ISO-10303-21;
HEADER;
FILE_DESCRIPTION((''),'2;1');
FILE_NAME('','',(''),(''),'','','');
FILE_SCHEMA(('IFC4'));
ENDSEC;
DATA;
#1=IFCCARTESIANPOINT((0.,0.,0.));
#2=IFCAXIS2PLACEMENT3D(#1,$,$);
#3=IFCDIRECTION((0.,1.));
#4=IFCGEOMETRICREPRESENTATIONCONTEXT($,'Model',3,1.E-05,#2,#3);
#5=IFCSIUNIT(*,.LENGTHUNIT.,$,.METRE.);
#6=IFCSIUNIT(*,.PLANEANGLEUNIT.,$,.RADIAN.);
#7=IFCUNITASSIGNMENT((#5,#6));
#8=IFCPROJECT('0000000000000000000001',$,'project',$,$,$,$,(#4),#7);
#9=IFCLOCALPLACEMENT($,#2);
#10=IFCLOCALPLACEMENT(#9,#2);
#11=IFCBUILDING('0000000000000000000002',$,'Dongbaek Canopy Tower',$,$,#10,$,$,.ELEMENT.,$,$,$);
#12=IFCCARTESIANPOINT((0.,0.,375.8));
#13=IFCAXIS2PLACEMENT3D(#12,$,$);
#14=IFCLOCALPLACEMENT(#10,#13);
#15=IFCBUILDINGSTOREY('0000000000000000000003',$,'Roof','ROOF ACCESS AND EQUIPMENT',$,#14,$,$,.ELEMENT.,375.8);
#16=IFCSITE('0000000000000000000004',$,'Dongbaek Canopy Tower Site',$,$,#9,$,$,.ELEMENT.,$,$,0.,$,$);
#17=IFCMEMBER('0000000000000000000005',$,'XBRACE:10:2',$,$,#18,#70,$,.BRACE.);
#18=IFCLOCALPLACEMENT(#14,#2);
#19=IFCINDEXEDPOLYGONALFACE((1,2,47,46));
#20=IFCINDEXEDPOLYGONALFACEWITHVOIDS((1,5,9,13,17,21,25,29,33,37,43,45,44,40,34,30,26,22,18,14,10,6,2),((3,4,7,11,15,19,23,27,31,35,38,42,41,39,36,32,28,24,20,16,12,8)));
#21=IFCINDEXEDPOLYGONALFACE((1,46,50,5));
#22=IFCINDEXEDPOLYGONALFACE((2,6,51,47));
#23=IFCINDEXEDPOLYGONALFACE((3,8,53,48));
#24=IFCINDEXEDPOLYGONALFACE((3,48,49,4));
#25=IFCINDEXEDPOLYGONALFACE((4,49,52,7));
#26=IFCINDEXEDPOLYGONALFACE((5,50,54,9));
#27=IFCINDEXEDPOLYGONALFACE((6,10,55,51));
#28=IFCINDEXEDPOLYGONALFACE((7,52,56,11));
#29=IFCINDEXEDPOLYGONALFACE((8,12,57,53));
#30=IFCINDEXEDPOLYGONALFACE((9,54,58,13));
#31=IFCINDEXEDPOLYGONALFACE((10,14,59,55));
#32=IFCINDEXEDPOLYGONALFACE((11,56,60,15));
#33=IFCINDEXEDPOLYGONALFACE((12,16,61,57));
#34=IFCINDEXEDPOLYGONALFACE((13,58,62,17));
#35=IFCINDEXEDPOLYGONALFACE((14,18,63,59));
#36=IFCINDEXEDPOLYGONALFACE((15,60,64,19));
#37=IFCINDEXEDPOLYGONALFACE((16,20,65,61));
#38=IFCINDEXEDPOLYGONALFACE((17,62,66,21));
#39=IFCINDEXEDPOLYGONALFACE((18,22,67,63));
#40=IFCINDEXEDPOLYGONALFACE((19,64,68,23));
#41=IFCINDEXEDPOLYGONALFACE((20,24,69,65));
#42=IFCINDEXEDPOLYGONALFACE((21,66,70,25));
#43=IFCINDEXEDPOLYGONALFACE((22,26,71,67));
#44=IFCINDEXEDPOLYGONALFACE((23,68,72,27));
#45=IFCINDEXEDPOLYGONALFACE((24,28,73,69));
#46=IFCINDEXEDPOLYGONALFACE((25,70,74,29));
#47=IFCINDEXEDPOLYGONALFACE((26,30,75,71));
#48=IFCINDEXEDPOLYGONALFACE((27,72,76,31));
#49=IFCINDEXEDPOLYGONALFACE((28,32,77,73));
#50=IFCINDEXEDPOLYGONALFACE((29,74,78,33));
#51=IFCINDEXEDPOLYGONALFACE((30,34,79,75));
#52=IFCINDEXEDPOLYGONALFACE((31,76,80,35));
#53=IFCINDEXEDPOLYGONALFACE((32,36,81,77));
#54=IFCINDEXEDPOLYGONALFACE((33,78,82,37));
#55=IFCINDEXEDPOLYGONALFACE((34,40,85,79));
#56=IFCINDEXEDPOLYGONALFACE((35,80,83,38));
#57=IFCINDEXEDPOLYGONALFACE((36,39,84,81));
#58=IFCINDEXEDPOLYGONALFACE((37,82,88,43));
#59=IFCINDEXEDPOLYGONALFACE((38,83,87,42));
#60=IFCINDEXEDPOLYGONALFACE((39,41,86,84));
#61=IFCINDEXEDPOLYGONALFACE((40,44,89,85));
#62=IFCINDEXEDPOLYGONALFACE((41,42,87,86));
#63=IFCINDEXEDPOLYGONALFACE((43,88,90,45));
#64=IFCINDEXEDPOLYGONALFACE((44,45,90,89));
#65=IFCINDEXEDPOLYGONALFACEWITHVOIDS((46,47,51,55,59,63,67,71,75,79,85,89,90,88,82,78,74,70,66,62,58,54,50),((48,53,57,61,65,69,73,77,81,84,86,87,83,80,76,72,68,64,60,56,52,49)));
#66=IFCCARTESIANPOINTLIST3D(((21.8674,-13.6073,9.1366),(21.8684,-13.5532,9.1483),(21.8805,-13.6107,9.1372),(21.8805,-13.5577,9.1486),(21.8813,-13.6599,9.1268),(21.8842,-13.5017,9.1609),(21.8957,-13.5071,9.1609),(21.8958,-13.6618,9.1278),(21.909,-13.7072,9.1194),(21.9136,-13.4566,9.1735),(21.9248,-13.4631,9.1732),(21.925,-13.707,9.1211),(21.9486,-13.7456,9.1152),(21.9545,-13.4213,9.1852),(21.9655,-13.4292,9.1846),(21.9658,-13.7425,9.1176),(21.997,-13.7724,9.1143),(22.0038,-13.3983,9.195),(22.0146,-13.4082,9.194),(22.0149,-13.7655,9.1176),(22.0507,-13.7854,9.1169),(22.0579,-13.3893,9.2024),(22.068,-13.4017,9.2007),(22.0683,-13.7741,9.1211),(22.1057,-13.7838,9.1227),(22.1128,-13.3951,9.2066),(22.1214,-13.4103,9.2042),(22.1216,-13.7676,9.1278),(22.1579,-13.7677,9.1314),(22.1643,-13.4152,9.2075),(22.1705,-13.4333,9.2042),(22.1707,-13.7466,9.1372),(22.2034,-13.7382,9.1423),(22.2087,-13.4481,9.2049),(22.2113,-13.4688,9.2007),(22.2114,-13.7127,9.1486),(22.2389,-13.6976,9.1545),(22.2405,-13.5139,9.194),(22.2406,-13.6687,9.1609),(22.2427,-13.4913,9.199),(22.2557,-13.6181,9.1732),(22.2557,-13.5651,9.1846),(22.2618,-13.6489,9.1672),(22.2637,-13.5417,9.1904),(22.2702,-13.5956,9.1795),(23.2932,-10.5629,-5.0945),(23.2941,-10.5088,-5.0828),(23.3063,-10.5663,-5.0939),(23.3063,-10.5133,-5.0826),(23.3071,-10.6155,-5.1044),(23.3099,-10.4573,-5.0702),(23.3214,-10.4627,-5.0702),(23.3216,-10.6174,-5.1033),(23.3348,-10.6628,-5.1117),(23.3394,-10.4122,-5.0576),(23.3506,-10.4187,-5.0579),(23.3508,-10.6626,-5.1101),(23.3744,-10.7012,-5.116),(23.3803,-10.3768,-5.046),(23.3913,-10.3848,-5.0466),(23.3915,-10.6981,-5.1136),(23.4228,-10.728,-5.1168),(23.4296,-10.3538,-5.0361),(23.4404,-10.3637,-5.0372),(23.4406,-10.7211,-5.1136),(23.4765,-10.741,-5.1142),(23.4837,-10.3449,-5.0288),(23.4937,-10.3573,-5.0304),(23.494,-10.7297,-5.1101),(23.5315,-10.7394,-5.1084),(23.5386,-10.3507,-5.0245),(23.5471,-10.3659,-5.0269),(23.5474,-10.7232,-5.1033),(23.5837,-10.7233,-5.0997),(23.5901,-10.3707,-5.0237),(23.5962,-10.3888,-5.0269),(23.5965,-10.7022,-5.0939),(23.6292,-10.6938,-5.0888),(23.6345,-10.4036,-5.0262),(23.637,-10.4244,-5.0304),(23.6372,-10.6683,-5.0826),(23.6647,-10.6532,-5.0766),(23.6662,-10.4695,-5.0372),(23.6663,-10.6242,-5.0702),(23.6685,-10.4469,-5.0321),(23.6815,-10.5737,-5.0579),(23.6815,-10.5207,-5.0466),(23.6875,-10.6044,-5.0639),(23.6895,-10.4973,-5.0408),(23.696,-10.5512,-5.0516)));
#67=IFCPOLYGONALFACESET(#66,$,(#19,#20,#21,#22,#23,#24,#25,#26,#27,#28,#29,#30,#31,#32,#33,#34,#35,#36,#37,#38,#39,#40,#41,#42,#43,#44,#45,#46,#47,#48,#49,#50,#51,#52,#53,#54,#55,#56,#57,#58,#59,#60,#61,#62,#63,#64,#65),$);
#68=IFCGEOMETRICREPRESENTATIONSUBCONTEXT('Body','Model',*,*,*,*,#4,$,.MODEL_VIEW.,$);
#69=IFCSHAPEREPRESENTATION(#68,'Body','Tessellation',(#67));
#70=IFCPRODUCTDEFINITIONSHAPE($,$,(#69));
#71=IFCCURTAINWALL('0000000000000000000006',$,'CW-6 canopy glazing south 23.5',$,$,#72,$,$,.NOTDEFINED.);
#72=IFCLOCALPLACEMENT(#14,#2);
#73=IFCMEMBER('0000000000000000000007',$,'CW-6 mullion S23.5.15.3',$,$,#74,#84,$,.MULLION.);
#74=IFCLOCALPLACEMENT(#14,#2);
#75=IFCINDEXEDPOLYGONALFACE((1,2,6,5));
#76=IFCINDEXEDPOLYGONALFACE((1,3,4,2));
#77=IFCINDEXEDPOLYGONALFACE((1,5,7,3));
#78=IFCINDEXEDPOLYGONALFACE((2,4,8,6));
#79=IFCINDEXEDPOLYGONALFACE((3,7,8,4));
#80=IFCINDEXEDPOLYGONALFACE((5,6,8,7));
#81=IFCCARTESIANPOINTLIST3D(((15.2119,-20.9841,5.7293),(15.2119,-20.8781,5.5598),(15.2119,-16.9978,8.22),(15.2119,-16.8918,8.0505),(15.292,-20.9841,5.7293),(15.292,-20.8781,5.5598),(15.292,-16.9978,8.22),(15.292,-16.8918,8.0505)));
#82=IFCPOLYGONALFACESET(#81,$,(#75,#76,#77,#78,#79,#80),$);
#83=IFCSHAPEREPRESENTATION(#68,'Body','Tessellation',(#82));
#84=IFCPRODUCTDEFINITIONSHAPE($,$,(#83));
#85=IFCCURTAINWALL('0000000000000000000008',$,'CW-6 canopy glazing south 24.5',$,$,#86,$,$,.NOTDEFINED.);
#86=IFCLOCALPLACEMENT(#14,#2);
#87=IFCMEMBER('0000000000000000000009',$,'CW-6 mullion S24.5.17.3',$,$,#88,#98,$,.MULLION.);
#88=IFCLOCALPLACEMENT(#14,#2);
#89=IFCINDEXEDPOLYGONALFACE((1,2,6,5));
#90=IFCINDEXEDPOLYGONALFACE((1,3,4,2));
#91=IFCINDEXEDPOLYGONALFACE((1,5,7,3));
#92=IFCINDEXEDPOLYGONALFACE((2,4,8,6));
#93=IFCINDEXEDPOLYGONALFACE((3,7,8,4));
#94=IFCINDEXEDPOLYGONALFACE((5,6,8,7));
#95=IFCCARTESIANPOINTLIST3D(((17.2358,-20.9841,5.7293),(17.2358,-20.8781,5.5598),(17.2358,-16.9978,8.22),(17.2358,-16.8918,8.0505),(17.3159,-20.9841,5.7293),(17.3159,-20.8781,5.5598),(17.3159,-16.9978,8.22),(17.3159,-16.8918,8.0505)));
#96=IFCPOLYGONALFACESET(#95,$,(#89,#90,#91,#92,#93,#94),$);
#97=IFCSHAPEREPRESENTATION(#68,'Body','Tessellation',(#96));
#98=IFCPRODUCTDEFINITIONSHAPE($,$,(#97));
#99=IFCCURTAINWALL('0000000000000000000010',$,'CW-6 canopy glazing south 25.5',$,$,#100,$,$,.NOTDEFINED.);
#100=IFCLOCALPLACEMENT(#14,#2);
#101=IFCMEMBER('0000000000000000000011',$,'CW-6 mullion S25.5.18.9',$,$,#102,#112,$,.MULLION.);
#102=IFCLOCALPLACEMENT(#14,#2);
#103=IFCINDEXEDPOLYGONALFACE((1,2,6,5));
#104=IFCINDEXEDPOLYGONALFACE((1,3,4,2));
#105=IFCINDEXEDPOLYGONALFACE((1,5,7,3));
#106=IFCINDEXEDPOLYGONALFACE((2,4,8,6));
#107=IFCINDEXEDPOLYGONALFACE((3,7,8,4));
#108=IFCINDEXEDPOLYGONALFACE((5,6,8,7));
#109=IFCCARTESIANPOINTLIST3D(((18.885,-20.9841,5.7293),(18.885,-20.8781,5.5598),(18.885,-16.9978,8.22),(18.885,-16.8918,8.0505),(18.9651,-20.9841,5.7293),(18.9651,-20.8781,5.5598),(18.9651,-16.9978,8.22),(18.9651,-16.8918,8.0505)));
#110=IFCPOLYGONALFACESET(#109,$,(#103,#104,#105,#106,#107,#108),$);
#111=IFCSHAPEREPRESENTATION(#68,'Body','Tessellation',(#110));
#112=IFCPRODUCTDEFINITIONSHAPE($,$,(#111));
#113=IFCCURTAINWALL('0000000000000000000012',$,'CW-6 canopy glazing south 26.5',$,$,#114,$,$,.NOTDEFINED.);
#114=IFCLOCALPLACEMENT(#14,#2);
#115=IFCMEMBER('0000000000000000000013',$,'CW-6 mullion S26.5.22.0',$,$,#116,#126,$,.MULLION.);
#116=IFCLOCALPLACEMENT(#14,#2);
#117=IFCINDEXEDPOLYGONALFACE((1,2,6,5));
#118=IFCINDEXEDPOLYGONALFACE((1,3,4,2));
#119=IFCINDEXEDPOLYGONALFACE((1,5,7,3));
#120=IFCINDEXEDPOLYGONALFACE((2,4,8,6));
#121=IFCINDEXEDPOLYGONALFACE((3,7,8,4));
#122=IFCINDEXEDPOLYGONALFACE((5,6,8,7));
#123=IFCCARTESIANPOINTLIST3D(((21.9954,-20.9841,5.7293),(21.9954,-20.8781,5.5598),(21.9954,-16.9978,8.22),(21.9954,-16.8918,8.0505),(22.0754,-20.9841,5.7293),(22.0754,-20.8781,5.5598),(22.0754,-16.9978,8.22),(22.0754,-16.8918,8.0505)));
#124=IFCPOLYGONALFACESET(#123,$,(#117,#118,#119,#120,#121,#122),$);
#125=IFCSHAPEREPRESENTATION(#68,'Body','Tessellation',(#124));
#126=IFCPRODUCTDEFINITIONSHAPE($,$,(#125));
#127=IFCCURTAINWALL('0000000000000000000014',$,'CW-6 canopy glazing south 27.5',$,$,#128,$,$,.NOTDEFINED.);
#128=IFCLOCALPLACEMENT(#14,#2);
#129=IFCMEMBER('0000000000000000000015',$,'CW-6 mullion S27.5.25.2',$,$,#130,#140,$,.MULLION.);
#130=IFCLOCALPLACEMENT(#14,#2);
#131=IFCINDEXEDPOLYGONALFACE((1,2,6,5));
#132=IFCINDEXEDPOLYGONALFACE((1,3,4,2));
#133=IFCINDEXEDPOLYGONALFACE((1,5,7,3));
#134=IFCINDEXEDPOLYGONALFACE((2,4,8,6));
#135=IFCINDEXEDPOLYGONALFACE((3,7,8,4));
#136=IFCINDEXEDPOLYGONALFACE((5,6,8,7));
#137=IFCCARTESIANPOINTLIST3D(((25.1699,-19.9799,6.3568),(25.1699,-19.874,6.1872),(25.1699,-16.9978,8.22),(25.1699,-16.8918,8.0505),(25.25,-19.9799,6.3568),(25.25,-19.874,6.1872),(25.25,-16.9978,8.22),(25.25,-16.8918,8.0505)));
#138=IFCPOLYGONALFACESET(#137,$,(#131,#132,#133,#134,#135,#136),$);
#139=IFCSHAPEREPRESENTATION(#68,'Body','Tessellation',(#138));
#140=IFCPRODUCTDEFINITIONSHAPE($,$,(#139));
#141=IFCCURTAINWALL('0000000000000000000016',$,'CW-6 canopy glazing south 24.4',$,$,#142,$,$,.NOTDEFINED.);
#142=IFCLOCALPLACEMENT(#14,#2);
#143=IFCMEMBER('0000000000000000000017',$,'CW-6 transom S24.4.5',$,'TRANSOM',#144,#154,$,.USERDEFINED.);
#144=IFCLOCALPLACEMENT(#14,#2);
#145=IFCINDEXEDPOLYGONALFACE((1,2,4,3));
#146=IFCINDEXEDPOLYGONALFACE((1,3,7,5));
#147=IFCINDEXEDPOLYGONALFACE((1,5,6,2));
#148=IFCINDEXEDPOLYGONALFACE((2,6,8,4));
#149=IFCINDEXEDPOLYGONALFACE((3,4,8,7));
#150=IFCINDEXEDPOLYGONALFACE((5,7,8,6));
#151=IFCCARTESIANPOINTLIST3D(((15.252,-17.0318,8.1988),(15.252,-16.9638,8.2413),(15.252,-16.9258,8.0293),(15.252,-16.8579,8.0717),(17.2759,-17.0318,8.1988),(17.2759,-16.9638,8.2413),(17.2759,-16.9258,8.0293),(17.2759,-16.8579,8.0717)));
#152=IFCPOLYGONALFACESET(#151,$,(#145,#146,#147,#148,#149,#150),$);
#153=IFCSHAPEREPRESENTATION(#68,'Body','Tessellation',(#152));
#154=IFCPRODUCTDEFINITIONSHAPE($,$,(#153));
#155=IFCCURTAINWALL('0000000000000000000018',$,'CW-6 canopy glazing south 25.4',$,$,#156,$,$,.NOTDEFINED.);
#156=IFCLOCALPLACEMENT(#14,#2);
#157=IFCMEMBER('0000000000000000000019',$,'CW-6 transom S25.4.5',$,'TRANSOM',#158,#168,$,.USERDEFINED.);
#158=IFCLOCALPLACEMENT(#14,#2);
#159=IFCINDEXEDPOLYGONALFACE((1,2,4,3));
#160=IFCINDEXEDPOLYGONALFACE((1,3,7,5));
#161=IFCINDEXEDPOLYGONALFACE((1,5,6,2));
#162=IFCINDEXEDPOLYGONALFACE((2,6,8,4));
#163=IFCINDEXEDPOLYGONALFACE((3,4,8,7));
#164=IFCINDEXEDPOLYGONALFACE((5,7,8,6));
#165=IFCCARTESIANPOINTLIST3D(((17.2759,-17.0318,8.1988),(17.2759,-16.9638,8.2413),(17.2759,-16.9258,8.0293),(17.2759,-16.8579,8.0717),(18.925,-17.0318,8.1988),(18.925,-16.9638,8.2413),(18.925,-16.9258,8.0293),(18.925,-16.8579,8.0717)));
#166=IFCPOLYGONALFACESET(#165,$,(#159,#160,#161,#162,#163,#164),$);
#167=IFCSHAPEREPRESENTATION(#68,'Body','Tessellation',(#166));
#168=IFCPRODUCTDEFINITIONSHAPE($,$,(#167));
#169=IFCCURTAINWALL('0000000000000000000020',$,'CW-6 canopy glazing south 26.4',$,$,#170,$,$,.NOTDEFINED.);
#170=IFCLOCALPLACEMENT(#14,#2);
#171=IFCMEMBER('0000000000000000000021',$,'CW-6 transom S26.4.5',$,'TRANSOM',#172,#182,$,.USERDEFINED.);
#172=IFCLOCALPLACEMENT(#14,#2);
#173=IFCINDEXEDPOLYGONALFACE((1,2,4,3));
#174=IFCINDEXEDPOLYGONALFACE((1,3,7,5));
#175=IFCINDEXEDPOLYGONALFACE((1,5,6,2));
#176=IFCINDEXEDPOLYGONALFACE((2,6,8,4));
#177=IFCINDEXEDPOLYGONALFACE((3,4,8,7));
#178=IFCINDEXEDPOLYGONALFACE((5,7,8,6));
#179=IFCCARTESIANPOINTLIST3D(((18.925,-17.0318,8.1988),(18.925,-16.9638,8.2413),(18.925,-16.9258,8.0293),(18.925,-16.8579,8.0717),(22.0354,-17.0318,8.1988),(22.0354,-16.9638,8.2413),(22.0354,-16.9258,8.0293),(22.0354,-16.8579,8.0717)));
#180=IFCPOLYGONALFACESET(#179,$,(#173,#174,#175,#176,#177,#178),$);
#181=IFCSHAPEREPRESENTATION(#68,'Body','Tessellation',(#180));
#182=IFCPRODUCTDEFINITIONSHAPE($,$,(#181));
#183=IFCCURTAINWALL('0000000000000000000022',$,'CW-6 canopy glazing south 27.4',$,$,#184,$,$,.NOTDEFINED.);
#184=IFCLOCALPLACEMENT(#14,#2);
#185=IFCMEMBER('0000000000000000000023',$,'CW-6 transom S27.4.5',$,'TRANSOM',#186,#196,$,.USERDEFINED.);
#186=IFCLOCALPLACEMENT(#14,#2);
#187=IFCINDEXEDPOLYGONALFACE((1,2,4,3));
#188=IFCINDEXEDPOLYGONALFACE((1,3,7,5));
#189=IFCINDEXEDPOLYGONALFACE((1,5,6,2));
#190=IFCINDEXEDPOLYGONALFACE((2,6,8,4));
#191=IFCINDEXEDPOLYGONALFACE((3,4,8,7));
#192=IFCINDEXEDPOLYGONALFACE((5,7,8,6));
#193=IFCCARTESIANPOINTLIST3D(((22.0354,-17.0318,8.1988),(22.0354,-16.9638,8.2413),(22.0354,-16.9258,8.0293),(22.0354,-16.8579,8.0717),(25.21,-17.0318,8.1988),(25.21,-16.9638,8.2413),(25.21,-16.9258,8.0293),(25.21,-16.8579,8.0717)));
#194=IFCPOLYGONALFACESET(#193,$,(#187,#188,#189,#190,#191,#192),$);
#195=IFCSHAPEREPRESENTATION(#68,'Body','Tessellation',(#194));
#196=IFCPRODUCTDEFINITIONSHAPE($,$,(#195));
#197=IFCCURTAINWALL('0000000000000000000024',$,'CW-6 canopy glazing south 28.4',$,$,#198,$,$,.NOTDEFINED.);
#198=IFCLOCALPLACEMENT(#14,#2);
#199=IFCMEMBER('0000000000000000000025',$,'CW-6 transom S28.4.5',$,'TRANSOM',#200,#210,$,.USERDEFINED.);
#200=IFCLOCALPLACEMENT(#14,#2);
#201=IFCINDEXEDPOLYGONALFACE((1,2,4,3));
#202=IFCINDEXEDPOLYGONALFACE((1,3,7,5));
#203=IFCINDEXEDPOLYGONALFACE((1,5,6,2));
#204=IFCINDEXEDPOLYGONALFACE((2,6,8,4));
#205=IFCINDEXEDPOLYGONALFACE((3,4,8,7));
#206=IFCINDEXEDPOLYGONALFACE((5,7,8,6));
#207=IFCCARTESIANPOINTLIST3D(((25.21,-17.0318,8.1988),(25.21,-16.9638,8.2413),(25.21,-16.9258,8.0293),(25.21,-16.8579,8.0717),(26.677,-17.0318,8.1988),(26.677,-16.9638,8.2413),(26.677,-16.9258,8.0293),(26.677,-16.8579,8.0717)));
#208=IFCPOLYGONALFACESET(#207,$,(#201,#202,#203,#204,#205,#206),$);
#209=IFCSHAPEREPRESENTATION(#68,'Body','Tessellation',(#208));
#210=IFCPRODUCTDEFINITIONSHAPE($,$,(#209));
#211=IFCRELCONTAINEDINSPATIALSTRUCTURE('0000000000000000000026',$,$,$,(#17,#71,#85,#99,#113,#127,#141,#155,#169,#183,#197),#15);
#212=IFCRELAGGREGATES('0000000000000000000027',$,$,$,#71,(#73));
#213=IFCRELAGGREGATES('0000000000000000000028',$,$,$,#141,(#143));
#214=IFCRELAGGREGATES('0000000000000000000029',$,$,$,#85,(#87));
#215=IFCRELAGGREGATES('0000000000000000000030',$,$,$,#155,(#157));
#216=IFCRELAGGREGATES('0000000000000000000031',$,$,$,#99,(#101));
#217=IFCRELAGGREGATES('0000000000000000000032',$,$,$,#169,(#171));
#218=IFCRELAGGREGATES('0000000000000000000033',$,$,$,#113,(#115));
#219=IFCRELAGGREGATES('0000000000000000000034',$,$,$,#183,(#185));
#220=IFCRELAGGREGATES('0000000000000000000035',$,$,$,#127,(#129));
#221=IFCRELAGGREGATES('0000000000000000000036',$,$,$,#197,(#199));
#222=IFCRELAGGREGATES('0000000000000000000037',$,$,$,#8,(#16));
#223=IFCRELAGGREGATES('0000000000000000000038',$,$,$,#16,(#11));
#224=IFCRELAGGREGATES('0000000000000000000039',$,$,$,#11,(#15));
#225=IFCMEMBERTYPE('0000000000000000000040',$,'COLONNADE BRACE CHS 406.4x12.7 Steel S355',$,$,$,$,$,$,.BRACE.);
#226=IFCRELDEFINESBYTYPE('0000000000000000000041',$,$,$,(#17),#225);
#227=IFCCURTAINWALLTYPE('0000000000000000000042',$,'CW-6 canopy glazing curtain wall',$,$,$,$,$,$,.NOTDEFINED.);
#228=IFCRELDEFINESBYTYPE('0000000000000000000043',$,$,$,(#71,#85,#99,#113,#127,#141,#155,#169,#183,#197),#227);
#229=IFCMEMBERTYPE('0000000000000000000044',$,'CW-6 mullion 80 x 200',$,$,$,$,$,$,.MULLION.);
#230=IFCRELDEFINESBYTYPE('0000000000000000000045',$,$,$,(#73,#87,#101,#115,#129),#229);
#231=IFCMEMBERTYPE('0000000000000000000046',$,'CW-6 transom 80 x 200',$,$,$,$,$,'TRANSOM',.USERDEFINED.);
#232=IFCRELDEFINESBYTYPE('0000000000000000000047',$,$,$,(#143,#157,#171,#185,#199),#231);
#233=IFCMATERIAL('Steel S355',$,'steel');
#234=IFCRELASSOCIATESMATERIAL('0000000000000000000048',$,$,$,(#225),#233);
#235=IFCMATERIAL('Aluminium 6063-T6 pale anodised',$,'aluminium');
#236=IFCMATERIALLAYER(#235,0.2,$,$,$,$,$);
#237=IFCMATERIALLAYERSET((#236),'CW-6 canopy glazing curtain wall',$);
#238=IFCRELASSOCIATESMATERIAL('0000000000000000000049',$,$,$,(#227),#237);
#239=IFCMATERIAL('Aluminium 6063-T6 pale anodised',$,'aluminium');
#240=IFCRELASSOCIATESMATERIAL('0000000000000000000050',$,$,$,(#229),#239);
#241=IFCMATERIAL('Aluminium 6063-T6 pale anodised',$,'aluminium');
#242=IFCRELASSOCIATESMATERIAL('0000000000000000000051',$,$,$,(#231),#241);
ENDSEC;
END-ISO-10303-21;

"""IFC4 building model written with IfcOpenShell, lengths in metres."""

from ifc_helpers import new_model, si_unit, direction, frame, origin, origin_2d, place, context, subcontext, project, spatial, rectangle, hollow_circle, extrude, material, layer, layer_set, material_profile, profile_set, type_object, element, aggregate, save


model = new_model("IFC4")

# Units and contexts
model_context = context("Model", 3, precision=1e-05, world=origin(), true_north=direction((0.0, 1.0)))
body_context = subcontext(model_context, "Body", "Model", "MODEL_VIEW")
ifc_project = project(units=[si_unit("LENGTHUNIT", "METRE"), si_unit("PLANEANGLEUNIT", "RADIAN")], contexts=[model_context])

# Site, building, storey
site_placement = place(None, origin())
site = spatial("IfcSite", under=ifc_project, at=site_placement, Name="Dongbaek Canopy Tower Site", CompositionType="ELEMENT", RefElevation=0.0)
building_placement = place(site_placement, origin())
building = spatial("IfcBuilding", under=site, at=building_placement, Name="Dongbaek Canopy Tower", CompositionType="ELEMENT")
storey_placement = place(building_placement, frame((0.0, 0.0, 375.8)))
storey = spatial("IfcBuildingStorey", under=building, at=storey_placement, Name="Roof", Description="ROOF ACCESS AND EQUIPMENT", CompositionType="ELEMENT", Elevation=375.8)

# Member
ifc_material_1 = material(Name="Steel S355", Category="steel")
ifc_material_profile_1 = material_profile(ifc_material_1, hollow_circle(Radius=0.2031, WallThickness=0.0127, at=origin_2d()), Name="COLONNADE BRACE CHS 406.4x12.7 Steel S355")
ifc_profile_set_1 = profile_set([ifc_material_profile_1], Name="Steel S355")
member_type_1 = type_object("IfcMemberType", Name="COLONNADE BRACE CHS 406.4x12.7 Steel S355", PredefinedType="BRACE", material=ifc_profile_set_1)
member_1_placement = place(storey_placement, frame((22.0681, -13.5879, 9.1609), z_axis=(0.097503, 0.208197, -0.973215), x_axis=(-0.905607, 0.424118, 0.0)))
element("IfcMember", 1, at=member_1_placement, inside=storey, type_object=member_type_1, Name="XBRACE:10:2", PredefinedType="BRACE", context=body_context, shape_type="SweptSolid", body=[
    extrude(hollow_circle(Radius=0.2031, WallThickness=0.0127, at=origin_2d()), origin(), (0.0, 0.0, 1.0), 14.6228),
])

# Curtain walls, members
ifc_material_2 = material(Name="Aluminium 6063-T6 pale anodised", Category="aluminium")
ifc_layer_1 = layer(ifc_material_2, 0.2)
ifc_layer_set_1 = layer_set([ifc_layer_1], Name="CW-6 canopy glazing curtain wall")
curtain_wall_type = type_object("IfcCurtainWallType", Name="CW-6 canopy glazing curtain wall", PredefinedType="NOTDEFINED", material=ifc_layer_set_1)
curtain_wall_1_placement = place(storey_placement, origin())
curtain_wall_1 = element("IfcCurtainWall", 2, at=curtain_wall_1_placement, inside=storey, type_object=curtain_wall_type, Name="CW-6 canopy glazing south 23.5", PredefinedType="NOTDEFINED")
ifc_material_3 = material(Name="Aluminium 6063-T6 pale anodised", Category="aluminium")
ifc_material_profile_2 = material_profile(ifc_material_3, rectangle(XDim=0.0801, YDim=0.2, at=origin_2d()), Name="CW-6 mullion 80 x 200")
ifc_profile_set_2 = profile_set([ifc_material_profile_2], Name="Aluminium 6063-T6 pale anodised")
member_type_2 = type_object("IfcMemberType", Name="CW-6 mullion 80 x 200", PredefinedType="MULLION", material=ifc_profile_set_2)
member_2_placement = place(storey_placement, frame((15.252, -16.9448, 8.1353), z_axis=(0.0, -0.848068, -0.529887), x_axis=(1.0, 0.0, 0.0)))
member_2 = element("IfcMember", 3, at=member_2_placement, type_object=member_type_2, Name="CW-6 mullion S23.5.15.3", PredefinedType="MULLION", context=body_context, shape_type="SweptSolid", body=[
    extrude(rectangle(XDim=0.0801, YDim=0.2, at=origin_2d()), origin(), (0.0, 0.0, 1.0), 4.7004),
])
aggregate(curtain_wall_1, [member_2])
curtain_wall_2_placement = place(storey_placement, origin())
curtain_wall_2 = element("IfcCurtainWall", 4, at=curtain_wall_2_placement, inside=storey, type_object=curtain_wall_type, Name="CW-6 canopy glazing south 24.5", PredefinedType="NOTDEFINED")
member_3_placement = place(storey_placement, frame((17.2759, -16.9448, 8.1353), z_axis=(0.0, -0.848068, -0.529887), x_axis=(1.0, 0.0, 0.0)))
member_3 = element("IfcMember", 5, at=member_3_placement, type_object=member_type_2, Name="CW-6 mullion S24.5.17.3", PredefinedType="MULLION", context=body_context, shape_type="SweptSolid", body=[
    extrude(rectangle(XDim=0.0801, YDim=0.2, at=origin_2d()), origin(), (0.0, 0.0, 1.0), 4.7004),
])
curtain_wall_3_placement = place(storey_placement, origin())
curtain_wall_3 = element("IfcCurtainWall", 6, at=curtain_wall_3_placement, inside=storey, type_object=curtain_wall_type, Name="CW-6 canopy glazing south 25.5", PredefinedType="NOTDEFINED")
member_4_placement = place(storey_placement, frame((18.925, -16.9448, 8.1353), z_axis=(0.0, -0.848068, -0.529887), x_axis=(1.0, 0.0, 0.0)))
member_4 = element("IfcMember", 7, at=member_4_placement, type_object=member_type_2, Name="CW-6 mullion S25.5.18.9", PredefinedType="MULLION", context=body_context, shape_type="SweptSolid", body=[
    extrude(rectangle(XDim=0.0801, YDim=0.2, at=origin_2d()), origin(), (0.0, 0.0, 1.0), 4.7004),
])
curtain_wall_4_placement = place(storey_placement, origin())
curtain_wall_4 = element("IfcCurtainWall", 8, at=curtain_wall_4_placement, inside=storey, type_object=curtain_wall_type, Name="CW-6 canopy glazing south 26.5", PredefinedType="NOTDEFINED")
member_5_placement = place(storey_placement, frame((22.0354, -16.9448, 8.1353), z_axis=(0.0, -0.848068, -0.529887), x_axis=(1.0, 0.0, 0.0)))
member_5 = element("IfcMember", 9, at=member_5_placement, type_object=member_type_2, Name="CW-6 mullion S26.5.22.0", PredefinedType="MULLION", context=body_context, shape_type="SweptSolid", body=[
    extrude(rectangle(XDim=0.0801, YDim=0.2, at=origin_2d()), origin(), (0.0, 0.0, 1.0), 4.7004),
])
curtain_wall_5_placement = place(storey_placement, origin())
curtain_wall_5 = element("IfcCurtainWall", 10, at=curtain_wall_5_placement, inside=storey, type_object=curtain_wall_type, Name="CW-6 canopy glazing south 27.5", PredefinedType="NOTDEFINED")
member_6_placement = place(storey_placement, frame((25.21, -16.9448, 8.1353), z_axis=(0.0, -0.848072, -0.52988), x_axis=(1.0, 0.0, 0.0)))
member_6 = element("IfcMember", 11, at=member_6_placement, type_object=member_type_2, Name="CW-6 mullion S27.5.25.2", PredefinedType="MULLION", context=body_context, shape_type="SweptSolid", body=[
    extrude(rectangle(XDim=0.0801, YDim=0.2, at=origin_2d()), origin(), (0.0, 0.0, 1.0), 3.5164),
])
curtain_wall_6_placement = place(storey_placement, origin())
curtain_wall_6 = element("IfcCurtainWall", 12, at=curtain_wall_6_placement, inside=storey, type_object=curtain_wall_type, Name="CW-6 canopy glazing south 24.4", PredefinedType="NOTDEFINED")
ifc_material_4 = material(Name="Aluminium 6063-T6 pale anodised", Category="aluminium")
ifc_material_profile_3 = material_profile(ifc_material_4, rectangle(XDim=0.0801, YDim=0.2, at=origin_2d()), Name="CW-6 transom 80 x 200")
ifc_profile_set_3 = profile_set([ifc_material_profile_3], Name="Aluminium 6063-T6 pale anodised")
member_type_3 = type_object("IfcMemberType", Name="CW-6 transom 80 x 200", ElementType="TRANSOM", PredefinedType="USERDEFINED", material=ifc_profile_set_3)
member_7_placement = place(storey_placement, frame((15.252, -16.9448, 8.1353), z_axis=(1.0, 0.0, 0.0), x_axis=(0.0, 0.848048, 0.529919)))
member_7 = element("IfcMember", 13, at=member_7_placement, type_object=member_type_3, Name="CW-6 transom S24.4.5", ObjectType="TRANSOM", PredefinedType="USERDEFINED", context=body_context, shape_type="SweptSolid", body=[
    extrude(rectangle(XDim=0.0801, YDim=0.2, at=origin_2d()), origin(), (0.0, 0.0, 1.0), 2.0239),
])
curtain_wall_7_placement = place(storey_placement, origin())
curtain_wall_7 = element("IfcCurtainWall", 14, at=curtain_wall_7_placement, inside=storey, type_object=curtain_wall_type, Name="CW-6 canopy glazing south 25.4", PredefinedType="NOTDEFINED")
member_8_placement = place(storey_placement, frame((17.2759, -16.9448, 8.1353), z_axis=(1.0, 0.0, 0.0), x_axis=(0.0, 0.848048, 0.529919)))
member_8 = element("IfcMember", 15, at=member_8_placement, type_object=member_type_3, Name="CW-6 transom S25.4.5", ObjectType="TRANSOM", PredefinedType="USERDEFINED", context=body_context, shape_type="SweptSolid", body=[
    extrude(rectangle(XDim=0.0801, YDim=0.2, at=origin_2d()), origin(), (0.0, 0.0, 1.0), 1.6492),
])
curtain_wall_8_placement = place(storey_placement, origin())
curtain_wall_8 = element("IfcCurtainWall", 16, at=curtain_wall_8_placement, inside=storey, type_object=curtain_wall_type, Name="CW-6 canopy glazing south 26.4", PredefinedType="NOTDEFINED")
member_9_placement = place(storey_placement, frame((18.925, -16.9448, 8.1353), z_axis=(1.0, 0.0, 0.0), x_axis=(0.0, 0.848048, 0.529919)))
member_9 = element("IfcMember", 17, at=member_9_placement, type_object=member_type_3, Name="CW-6 transom S26.4.5", ObjectType="TRANSOM", PredefinedType="USERDEFINED", context=body_context, shape_type="SweptSolid", body=[
    extrude(rectangle(XDim=0.0801, YDim=0.2, at=origin_2d()), origin(), (0.0, 0.0, 1.0), 3.1104),
])
curtain_wall_9_placement = place(storey_placement, origin())
curtain_wall_9 = element("IfcCurtainWall", 18, at=curtain_wall_9_placement, inside=storey, type_object=curtain_wall_type, Name="CW-6 canopy glazing south 27.4", PredefinedType="NOTDEFINED")
member_10_placement = place(storey_placement, frame((22.0354, -16.9448, 8.1353), z_axis=(1.0, 0.0, 0.0), x_axis=(0.0, 0.848048, 0.529919)))
member_10 = element("IfcMember", 19, at=member_10_placement, type_object=member_type_3, Name="CW-6 transom S27.4.5", ObjectType="TRANSOM", PredefinedType="USERDEFINED", context=body_context, shape_type="SweptSolid", body=[
    extrude(rectangle(XDim=0.0801, YDim=0.2, at=origin_2d()), origin(), (0.0, 0.0, 1.0), 3.1746),
])
curtain_wall_10_placement = place(storey_placement, origin())
curtain_wall_10 = element("IfcCurtainWall", 20, at=curtain_wall_10_placement, inside=storey, type_object=curtain_wall_type, Name="CW-6 canopy glazing south 28.4", PredefinedType="NOTDEFINED")
member_11_placement = place(storey_placement, frame((25.21, -16.9448, 8.1353), z_axis=(1.0, 0.0, 0.0), x_axis=(0.0, 0.848048, 0.529919)))
member_11 = element("IfcMember", 21, at=member_11_placement, type_object=member_type_3, Name="CW-6 transom S28.4.5", ObjectType="TRANSOM", PredefinedType="USERDEFINED", context=body_context, shape_type="SweptSolid", body=[
    extrude(rectangle(XDim=0.0801, YDim=0.2, at=origin_2d()), origin(), (0.0, 0.0, 1.0), 1.467),
])

aggregate(curtain_wall_6, [member_7])
aggregate(curtain_wall_2, [member_3])
aggregate(curtain_wall_7, [member_8])
aggregate(curtain_wall_3, [member_4])
aggregate(curtain_wall_8, [member_9])
aggregate(curtain_wall_4, [member_5])
aggregate(curtain_wall_9, [member_10])
aggregate(curtain_wall_5, [member_6])
aggregate(curtain_wall_10, [member_11])

save(model, "model.ifc")
